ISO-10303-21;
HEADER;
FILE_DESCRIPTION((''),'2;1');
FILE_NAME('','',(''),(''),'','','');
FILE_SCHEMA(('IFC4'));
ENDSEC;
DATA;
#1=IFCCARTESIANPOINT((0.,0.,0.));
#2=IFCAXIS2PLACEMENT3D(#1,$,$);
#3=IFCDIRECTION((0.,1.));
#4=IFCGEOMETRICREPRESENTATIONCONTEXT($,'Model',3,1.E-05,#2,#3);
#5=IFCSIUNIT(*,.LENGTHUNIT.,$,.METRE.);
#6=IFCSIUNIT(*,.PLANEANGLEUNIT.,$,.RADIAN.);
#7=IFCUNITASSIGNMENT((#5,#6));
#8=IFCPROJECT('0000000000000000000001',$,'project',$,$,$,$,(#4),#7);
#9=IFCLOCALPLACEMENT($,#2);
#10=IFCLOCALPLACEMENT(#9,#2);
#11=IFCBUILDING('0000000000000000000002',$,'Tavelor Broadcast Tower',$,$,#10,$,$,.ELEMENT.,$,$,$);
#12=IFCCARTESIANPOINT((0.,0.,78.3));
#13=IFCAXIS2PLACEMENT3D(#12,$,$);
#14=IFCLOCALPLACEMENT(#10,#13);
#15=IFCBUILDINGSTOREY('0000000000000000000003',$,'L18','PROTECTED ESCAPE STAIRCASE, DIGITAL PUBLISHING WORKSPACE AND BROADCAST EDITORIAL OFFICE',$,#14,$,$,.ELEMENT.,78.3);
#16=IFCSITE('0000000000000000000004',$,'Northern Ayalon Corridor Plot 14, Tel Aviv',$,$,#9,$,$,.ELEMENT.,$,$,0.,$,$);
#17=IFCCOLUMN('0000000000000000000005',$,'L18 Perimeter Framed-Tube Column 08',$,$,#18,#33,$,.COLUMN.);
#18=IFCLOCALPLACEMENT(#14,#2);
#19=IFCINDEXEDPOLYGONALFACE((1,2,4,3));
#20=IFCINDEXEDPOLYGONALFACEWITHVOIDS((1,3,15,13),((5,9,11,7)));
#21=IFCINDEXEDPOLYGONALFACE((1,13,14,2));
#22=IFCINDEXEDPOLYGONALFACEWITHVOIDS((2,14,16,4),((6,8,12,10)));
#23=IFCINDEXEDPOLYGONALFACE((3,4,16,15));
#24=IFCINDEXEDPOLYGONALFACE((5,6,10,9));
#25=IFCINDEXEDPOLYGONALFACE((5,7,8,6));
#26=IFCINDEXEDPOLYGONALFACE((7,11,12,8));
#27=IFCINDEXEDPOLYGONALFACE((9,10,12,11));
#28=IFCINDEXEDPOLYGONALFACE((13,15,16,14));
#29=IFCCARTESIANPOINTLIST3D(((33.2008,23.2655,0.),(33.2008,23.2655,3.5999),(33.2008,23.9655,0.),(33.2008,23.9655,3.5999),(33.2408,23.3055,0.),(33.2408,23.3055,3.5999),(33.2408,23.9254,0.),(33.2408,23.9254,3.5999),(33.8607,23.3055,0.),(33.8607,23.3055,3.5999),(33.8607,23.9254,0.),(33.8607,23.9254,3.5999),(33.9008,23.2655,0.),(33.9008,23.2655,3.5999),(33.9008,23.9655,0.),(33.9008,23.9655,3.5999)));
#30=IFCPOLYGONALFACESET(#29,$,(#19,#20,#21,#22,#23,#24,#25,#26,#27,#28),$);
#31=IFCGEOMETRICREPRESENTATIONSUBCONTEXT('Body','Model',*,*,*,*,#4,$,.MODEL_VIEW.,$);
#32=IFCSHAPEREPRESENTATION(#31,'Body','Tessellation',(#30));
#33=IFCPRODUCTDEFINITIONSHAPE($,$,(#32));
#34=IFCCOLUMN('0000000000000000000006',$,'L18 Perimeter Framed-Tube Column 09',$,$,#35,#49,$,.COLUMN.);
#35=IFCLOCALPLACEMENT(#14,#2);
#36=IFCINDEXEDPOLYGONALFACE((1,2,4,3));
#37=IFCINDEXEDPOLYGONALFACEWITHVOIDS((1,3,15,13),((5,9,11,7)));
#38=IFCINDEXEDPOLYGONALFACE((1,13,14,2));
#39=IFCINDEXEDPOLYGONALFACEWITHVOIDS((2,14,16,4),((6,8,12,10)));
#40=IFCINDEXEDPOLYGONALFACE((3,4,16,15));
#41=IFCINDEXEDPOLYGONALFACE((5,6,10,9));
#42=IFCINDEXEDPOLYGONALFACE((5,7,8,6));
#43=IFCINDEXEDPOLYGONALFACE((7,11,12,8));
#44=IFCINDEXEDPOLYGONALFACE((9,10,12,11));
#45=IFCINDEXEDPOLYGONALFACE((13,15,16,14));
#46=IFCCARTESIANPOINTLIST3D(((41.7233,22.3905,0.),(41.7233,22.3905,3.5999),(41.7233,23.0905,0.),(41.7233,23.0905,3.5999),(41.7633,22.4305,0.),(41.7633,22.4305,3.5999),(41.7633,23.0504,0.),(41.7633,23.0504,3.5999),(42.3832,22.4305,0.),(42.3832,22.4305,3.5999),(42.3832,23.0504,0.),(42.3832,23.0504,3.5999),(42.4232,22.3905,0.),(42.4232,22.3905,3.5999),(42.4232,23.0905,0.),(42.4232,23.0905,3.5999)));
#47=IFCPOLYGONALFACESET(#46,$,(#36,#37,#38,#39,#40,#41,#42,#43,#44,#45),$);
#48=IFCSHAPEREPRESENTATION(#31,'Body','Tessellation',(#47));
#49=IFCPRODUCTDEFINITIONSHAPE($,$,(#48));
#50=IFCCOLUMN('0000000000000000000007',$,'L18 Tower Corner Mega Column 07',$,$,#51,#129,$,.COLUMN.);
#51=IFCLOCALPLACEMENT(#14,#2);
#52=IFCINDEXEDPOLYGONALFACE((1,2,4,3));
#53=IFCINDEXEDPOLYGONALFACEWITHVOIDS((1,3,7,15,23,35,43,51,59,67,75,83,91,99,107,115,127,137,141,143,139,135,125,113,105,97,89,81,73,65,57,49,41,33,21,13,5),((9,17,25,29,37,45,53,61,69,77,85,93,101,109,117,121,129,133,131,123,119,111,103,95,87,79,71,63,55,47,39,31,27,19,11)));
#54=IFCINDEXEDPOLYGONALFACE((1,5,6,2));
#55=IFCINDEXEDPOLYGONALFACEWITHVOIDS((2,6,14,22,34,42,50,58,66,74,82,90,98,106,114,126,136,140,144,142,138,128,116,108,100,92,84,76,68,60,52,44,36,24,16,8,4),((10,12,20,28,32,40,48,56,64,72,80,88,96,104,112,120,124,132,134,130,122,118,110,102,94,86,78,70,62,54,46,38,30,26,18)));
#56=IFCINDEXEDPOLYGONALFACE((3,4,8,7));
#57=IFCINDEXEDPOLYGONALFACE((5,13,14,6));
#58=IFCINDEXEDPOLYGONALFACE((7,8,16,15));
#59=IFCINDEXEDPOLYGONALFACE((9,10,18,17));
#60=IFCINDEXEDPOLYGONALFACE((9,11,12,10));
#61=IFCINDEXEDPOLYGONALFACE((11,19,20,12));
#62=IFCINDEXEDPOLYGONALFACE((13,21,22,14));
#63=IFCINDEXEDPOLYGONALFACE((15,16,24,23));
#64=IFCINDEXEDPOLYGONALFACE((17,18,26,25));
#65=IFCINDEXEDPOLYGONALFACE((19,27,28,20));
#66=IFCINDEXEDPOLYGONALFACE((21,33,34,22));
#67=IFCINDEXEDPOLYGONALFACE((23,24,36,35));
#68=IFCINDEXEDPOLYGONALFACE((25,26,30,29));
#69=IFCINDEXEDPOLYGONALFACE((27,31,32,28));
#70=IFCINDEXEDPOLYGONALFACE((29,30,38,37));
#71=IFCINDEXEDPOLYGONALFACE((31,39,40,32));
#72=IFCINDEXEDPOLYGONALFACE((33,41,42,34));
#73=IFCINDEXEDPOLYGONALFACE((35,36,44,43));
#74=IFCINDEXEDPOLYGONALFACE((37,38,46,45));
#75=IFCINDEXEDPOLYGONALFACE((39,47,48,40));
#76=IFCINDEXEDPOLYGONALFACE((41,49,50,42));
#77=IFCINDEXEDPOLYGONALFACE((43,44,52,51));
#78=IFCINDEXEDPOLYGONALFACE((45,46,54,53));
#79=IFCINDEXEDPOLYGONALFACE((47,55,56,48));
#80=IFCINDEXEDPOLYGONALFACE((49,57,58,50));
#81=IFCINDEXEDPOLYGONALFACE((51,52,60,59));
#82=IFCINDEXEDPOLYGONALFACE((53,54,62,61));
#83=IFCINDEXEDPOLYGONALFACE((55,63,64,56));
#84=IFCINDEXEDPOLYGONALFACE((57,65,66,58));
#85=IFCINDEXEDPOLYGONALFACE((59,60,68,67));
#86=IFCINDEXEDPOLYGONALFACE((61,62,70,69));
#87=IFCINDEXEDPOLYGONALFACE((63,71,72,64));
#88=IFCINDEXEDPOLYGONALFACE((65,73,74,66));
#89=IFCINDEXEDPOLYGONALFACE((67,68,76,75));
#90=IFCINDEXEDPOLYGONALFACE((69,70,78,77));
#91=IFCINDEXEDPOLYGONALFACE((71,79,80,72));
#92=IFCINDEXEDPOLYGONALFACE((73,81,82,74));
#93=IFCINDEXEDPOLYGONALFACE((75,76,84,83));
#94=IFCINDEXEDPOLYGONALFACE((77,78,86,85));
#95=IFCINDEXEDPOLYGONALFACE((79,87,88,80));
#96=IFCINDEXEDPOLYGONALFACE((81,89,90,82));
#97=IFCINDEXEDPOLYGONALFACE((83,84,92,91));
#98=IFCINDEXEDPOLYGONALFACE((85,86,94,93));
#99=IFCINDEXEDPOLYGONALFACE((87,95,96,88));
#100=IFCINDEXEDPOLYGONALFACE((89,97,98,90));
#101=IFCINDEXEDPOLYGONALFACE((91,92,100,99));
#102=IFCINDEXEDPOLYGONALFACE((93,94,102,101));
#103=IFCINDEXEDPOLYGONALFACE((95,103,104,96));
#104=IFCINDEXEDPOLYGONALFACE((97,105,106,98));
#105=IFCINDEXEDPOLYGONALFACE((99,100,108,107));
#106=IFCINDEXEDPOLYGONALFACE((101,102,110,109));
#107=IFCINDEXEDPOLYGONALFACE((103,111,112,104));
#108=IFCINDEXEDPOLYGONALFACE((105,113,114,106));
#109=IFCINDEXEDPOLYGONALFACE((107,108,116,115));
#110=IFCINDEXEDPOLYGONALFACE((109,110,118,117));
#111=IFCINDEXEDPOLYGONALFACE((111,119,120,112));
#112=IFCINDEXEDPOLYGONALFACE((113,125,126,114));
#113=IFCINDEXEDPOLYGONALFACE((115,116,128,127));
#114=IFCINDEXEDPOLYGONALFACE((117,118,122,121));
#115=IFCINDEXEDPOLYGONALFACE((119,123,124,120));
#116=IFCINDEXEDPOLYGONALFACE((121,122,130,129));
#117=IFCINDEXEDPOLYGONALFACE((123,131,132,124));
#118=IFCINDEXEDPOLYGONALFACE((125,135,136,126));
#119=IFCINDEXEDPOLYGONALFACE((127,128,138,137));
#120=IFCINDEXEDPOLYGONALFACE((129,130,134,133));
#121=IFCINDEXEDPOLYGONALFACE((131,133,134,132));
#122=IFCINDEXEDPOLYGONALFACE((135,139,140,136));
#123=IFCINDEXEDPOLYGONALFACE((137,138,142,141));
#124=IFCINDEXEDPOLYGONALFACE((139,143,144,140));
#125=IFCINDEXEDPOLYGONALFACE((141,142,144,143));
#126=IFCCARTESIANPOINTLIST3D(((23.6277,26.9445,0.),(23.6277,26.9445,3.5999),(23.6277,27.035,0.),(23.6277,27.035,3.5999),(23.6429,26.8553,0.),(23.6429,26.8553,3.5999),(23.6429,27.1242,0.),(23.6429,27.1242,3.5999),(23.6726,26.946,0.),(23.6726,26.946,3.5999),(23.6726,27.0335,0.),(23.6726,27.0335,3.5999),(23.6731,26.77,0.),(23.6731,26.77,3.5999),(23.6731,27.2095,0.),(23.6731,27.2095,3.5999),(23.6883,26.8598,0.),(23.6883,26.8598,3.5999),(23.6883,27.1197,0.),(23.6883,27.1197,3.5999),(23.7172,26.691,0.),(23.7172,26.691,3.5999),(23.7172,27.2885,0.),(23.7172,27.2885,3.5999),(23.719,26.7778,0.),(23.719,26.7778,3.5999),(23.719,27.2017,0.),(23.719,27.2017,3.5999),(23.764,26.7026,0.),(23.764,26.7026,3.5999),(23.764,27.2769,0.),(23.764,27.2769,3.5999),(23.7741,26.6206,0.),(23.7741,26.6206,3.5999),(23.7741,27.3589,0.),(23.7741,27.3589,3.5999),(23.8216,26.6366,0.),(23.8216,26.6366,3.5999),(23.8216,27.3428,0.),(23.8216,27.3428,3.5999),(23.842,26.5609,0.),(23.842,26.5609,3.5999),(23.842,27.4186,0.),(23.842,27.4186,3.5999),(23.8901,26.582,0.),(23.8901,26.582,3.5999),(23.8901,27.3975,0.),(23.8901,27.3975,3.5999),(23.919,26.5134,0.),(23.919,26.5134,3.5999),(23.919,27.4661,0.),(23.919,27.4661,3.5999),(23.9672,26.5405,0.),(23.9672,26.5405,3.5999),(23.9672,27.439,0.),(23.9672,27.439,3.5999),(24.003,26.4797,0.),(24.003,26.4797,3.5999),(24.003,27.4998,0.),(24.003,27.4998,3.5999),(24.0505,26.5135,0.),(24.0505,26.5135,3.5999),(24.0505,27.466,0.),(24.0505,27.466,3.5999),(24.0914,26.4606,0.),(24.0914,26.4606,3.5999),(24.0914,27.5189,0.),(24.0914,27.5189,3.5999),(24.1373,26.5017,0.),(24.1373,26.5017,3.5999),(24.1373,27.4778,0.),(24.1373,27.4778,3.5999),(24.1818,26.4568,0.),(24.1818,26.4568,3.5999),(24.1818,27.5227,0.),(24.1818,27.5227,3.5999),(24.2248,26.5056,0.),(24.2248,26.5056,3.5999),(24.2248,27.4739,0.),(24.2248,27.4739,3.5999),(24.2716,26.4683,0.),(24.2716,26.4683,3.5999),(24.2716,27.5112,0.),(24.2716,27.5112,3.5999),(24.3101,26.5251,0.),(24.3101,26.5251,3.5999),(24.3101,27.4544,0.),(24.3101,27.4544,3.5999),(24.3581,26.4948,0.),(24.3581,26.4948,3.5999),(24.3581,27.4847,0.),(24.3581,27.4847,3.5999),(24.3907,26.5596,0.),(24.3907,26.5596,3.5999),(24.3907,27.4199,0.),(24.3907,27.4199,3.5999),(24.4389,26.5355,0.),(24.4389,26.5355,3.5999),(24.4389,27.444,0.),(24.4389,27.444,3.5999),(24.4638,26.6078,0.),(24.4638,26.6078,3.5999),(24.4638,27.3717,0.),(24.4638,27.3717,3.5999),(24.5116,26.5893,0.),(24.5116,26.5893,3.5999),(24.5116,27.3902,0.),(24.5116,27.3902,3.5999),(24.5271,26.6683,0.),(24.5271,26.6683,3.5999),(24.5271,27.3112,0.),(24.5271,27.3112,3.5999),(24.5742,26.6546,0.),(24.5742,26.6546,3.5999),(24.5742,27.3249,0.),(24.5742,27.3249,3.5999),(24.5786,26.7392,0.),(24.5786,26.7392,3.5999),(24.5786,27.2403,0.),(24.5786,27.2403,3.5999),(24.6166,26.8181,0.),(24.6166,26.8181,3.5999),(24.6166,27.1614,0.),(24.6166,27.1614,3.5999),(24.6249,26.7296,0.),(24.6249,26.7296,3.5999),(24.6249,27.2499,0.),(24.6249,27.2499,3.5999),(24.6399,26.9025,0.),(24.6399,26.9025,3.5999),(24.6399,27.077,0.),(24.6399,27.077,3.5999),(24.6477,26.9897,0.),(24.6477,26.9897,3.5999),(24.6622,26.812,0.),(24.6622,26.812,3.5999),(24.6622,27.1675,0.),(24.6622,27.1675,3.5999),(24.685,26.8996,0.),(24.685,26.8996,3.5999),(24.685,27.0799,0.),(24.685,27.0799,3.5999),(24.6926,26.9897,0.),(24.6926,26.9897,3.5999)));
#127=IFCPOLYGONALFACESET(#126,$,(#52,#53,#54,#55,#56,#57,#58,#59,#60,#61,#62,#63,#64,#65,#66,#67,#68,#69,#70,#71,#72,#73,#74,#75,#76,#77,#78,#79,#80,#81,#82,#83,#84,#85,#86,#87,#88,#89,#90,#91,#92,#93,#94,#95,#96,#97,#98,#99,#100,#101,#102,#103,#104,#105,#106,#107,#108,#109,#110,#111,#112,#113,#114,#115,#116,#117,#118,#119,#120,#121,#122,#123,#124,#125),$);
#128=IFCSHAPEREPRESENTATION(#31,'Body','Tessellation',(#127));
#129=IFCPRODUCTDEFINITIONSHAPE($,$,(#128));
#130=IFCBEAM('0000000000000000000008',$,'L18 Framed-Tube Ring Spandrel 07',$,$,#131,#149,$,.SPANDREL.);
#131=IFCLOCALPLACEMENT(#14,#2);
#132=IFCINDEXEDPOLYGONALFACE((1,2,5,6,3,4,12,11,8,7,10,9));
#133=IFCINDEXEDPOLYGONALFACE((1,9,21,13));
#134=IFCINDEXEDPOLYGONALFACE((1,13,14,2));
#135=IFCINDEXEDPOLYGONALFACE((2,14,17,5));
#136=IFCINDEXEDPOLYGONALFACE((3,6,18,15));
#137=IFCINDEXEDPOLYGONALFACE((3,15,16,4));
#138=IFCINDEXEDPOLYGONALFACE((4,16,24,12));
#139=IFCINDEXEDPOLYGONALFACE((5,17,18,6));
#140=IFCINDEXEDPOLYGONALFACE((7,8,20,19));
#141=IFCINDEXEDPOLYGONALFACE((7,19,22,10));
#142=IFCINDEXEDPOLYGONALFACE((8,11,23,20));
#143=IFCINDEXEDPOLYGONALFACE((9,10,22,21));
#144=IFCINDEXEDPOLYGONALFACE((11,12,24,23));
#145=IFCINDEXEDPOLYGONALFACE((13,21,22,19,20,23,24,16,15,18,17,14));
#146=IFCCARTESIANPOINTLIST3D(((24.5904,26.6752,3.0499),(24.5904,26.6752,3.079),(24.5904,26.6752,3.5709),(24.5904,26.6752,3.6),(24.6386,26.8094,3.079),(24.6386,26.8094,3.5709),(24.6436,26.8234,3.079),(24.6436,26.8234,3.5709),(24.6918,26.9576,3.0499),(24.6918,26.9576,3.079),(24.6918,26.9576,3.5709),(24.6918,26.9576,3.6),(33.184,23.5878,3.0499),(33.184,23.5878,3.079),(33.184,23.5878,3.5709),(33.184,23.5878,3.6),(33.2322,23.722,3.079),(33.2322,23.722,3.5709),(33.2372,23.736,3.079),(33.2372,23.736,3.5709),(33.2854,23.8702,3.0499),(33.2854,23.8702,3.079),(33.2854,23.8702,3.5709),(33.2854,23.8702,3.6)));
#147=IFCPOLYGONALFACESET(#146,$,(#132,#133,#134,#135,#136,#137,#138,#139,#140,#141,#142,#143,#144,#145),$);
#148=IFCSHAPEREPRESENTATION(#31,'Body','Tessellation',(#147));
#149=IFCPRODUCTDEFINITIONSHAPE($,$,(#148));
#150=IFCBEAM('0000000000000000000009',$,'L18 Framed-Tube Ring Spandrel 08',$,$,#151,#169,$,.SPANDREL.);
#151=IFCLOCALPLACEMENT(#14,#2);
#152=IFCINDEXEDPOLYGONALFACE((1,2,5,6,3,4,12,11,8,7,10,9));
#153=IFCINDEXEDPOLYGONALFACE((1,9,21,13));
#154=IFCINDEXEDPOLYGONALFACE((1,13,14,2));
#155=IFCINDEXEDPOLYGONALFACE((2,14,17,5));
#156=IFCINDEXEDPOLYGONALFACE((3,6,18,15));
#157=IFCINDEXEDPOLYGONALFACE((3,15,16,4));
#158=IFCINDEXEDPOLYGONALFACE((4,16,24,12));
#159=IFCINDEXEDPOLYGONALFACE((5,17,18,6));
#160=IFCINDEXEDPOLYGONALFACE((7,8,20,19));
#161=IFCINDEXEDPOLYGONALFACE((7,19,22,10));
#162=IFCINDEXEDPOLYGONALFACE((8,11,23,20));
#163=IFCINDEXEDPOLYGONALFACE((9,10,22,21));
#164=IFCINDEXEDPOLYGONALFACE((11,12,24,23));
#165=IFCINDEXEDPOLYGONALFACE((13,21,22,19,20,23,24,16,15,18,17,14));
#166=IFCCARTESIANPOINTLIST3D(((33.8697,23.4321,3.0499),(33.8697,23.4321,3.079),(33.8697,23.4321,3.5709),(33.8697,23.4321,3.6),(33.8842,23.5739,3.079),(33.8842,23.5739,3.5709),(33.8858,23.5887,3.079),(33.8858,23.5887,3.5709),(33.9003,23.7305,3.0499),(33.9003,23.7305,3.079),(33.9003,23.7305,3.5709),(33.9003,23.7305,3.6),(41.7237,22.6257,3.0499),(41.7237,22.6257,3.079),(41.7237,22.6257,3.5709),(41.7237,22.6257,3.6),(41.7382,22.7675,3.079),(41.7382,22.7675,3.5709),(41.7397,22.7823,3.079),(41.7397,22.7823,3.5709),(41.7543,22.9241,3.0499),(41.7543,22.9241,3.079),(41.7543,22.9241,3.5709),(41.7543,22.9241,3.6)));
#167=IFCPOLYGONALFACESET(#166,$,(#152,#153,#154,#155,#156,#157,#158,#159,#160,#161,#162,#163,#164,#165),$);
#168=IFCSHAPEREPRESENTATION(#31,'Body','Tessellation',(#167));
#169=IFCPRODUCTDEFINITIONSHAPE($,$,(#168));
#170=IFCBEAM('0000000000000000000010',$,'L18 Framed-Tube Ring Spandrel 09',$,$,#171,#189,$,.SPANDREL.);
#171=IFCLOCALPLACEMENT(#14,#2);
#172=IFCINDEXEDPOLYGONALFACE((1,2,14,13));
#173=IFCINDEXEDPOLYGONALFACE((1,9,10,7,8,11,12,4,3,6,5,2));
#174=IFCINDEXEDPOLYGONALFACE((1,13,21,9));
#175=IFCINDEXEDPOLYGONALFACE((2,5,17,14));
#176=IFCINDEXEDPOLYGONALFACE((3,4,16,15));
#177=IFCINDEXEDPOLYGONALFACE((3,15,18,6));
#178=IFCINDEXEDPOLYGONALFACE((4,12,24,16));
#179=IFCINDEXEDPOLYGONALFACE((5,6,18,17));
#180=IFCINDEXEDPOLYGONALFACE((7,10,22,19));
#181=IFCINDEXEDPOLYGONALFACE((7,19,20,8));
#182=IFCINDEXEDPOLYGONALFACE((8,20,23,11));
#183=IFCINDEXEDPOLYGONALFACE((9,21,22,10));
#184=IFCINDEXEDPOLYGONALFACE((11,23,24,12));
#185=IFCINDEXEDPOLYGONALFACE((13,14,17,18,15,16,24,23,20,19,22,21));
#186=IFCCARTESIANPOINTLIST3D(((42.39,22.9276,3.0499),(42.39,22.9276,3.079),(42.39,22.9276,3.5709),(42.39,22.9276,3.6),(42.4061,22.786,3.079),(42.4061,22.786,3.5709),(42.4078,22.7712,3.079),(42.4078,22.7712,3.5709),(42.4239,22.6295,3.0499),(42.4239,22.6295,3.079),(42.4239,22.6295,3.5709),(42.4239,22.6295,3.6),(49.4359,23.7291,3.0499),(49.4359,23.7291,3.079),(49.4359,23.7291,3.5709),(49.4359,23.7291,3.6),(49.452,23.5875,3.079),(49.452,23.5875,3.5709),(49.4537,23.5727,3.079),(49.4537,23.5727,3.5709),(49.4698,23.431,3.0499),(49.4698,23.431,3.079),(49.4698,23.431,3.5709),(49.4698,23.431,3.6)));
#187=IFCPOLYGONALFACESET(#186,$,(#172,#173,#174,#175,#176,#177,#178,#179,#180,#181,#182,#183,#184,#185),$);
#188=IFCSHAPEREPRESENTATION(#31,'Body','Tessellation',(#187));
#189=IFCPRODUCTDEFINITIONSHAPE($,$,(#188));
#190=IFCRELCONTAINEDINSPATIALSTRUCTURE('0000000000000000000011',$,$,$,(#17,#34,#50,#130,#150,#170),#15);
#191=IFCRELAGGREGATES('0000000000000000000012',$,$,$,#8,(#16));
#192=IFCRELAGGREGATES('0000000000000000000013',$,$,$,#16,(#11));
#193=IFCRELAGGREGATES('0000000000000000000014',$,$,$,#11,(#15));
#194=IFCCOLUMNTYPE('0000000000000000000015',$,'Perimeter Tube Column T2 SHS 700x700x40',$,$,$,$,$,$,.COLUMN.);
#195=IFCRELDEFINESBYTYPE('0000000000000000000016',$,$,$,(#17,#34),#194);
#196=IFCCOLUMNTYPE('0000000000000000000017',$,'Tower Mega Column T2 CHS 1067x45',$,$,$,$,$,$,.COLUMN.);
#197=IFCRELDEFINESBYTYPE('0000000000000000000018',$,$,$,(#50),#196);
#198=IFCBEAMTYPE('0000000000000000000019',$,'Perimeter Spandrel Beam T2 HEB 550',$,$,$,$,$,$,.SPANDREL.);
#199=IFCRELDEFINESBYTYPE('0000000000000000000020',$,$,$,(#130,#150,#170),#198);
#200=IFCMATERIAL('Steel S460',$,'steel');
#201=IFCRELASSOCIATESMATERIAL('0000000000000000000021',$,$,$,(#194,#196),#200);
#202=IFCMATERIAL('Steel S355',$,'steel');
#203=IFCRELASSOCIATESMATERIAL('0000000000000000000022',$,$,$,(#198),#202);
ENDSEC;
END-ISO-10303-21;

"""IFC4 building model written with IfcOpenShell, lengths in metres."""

from ifc_helpers import new_model, si_unit, direction, frame, origin, origin_2d, place, context, subcontext, project, spatial, hollow_rectangle, hollow_circle, i_section, extrude, material, material_profile, profile_set, type_object, element, save


model = new_model("IFC4")

# Units and contexts
model_context = context("Model", 3, precision=1e-05, world=origin(), true_north=direction((0.0, 1.0)))
body_context = subcontext(model_context, "Body", "Model", "MODEL_VIEW")
ifc_project = project(units=[si_unit("LENGTHUNIT", "METRE"), si_unit("PLANEANGLEUNIT", "RADIAN")], contexts=[model_context])

# Site, building, storey
site_placement = place(None, origin())
site = spatial("IfcSite", under=ifc_project, at=site_placement, Name="Northern Ayalon Corridor Plot 14, Tel Aviv", CompositionType="ELEMENT", RefElevation=0.0)
building_placement = place(site_placement, origin())
building = spatial("IfcBuilding", under=site, at=building_placement, Name="Tavelor Broadcast Tower", CompositionType="ELEMENT")
storey_placement = place(building_placement, frame((0.0, 0.0, 78.3)))
storey = spatial("IfcBuildingStorey", under=building, at=storey_placement, Name="L18", Description="PROTECTED ESCAPE STAIRCASE, DIGITAL PUBLISHING WORKSPACE AND BROADCAST EDITORIAL OFFICE", CompositionType="ELEMENT", Elevation=78.3)

# Columns
ifc_material_1 = material(Name="Steel S460", Category="steel")
ifc_material_profile_1 = material_profile(ifc_material_1, hollow_rectangle(XDim=0.7, YDim=0.7, WallThickness=0.04, at=origin_2d()), Name="SHS 700x700x40")
ifc_profile_set_1 = profile_set([ifc_material_profile_1], Name="Steel S460")
column_type_1 = type_object("IfcColumnType", Name="Perimeter Tube Column T2 SHS 700x700x40", PredefinedType="COLUMN", material=ifc_profile_set_1)
for number, where, z_axis, x_axis, name in (
    (1, (33.5508, 23.6155, 0.0), (0.0, 0.0, 1.0), (1.0, 0.0, 0.0), "L18 Perimeter Framed-Tube Column 08"),
    (2, (42.0732, 22.7405, 0.0), (0.0, 0.0, 1.0), (1.0, 0.0, 0.0), "L18 Perimeter Framed-Tube Column 09"),
):
    element("IfcColumn", number, at=place(storey_placement, frame(where, z_axis=z_axis, x_axis=x_axis)), inside=storey, type_object=column_type_1, Name=name, PredefinedType="COLUMN", context=body_context, shape_type="SweptSolid", body=[
        extrude(hollow_rectangle(XDim=0.7, YDim=0.7, WallThickness=0.04, at=origin_2d()), origin(), (0.0, 0.0, 1.0), 3.5999),
    ])
ifc_material_profile_2 = material_profile(ifc_material_1, hollow_circle(Radius=0.5334, WallThickness=0.0449, at=origin_2d()), Name="CHS 1067x45")
ifc_profile_set_2 = profile_set([ifc_material_profile_2], Name="Steel S460")
column_type_2 = type_object("IfcColumnType", Name="Tower Mega Column T2 CHS 1067x45", PredefinedType="COLUMN", material=ifc_profile_set_2)
column_placement = place(storey_placement, frame((24.1592, 26.9897, 0.0), z_axis=(0.0, 0.0, 1.0), x_axis=(1.0, 0.0, 0.0)))
element("IfcColumn", 3, at=column_placement, inside=storey, type_object=column_type_2, Name="L18 Tower Corner Mega Column 07", PredefinedType="COLUMN", context=body_context, shape_type="SweptSolid", body=[
    extrude(hollow_circle(Radius=0.5334, WallThickness=0.0449, at=origin_2d()), origin(), (0.0, 0.0, 1.0), 3.5999),
])

# Beams
ifc_material_2 = material(Name="Steel S355", Category="steel")
ifc_material_profile_3 = material_profile(ifc_material_2, i_section(OverallWidth=0.3, OverallDepth=0.55, WebThickness=0.0149, FlangeThickness=0.0291, at=origin_2d()), Name="HEB 550")
ifc_profile_set_3 = profile_set([ifc_material_profile_3], Name="Steel S355")
beam_type = type_object("IfcBeamType", Name="Perimeter Spandrel Beam T2 HEB 550", PredefinedType="SPANDREL", material=ifc_profile_set_3)
beam_1_placement = place(storey_placement, frame((24.6411, 26.8164, 3.325), z_axis=(0.941106, -0.338113, 0.0), x_axis=(0.338113, 0.941106, 0.0)))
element("IfcBeam", 4, at=beam_1_placement, inside=storey, type_object=beam_type, Name="L18 Framed-Tube Ring Spandrel 07", PredefinedType="SPANDREL", context=body_context, shape_type="SweptSolid", body=[
    extrude(i_section(OverallWidth=0.3, OverallDepth=0.55, WebThickness=0.0149, FlangeThickness=0.0291, at=origin_2d()), origin(), (0.0, 0.0, 1.0), 9.1313),
])
beam_2_placement = place(storey_placement, frame((33.885, 23.5813, 3.325), z_axis=(0.99477, -0.102136, 0.0), x_axis=(0.102136, 0.99477, 0.0)))
element("IfcBeam", 5, at=beam_2_placement, inside=storey, type_object=beam_type, Name="L18 Framed-Tube Ring Spandrel 08", PredefinedType="SPANDREL", context=body_context, shape_type="SweptSolid", body=[
    extrude(i_section(OverallWidth=0.3, OverallDepth=0.55, WebThickness=0.0149, FlangeThickness=0.0291, at=origin_2d()), origin(), (0.0, 0.0, 1.0), 7.8953),
])
beam_3_placement = place(storey_placement, frame((42.407, 22.7786, 3.325), z_axis=(0.993592, 0.113027, 0.0), x_axis=(-0.113027, 0.993592, 0.0)))
element("IfcBeam", 6, at=beam_3_placement, inside=storey, type_object=beam_type, Name="L18 Framed-Tube Ring Spandrel 09", PredefinedType="SPANDREL", context=body_context, shape_type="SweptSolid", body=[
    extrude(i_section(OverallWidth=0.3, OverallDepth=0.55, WebThickness=0.0149, FlangeThickness=0.0291, at=origin_2d()), origin(), (0.0, 0.0, 1.0), 7.0913),
])

save(model, "model.ifc")
